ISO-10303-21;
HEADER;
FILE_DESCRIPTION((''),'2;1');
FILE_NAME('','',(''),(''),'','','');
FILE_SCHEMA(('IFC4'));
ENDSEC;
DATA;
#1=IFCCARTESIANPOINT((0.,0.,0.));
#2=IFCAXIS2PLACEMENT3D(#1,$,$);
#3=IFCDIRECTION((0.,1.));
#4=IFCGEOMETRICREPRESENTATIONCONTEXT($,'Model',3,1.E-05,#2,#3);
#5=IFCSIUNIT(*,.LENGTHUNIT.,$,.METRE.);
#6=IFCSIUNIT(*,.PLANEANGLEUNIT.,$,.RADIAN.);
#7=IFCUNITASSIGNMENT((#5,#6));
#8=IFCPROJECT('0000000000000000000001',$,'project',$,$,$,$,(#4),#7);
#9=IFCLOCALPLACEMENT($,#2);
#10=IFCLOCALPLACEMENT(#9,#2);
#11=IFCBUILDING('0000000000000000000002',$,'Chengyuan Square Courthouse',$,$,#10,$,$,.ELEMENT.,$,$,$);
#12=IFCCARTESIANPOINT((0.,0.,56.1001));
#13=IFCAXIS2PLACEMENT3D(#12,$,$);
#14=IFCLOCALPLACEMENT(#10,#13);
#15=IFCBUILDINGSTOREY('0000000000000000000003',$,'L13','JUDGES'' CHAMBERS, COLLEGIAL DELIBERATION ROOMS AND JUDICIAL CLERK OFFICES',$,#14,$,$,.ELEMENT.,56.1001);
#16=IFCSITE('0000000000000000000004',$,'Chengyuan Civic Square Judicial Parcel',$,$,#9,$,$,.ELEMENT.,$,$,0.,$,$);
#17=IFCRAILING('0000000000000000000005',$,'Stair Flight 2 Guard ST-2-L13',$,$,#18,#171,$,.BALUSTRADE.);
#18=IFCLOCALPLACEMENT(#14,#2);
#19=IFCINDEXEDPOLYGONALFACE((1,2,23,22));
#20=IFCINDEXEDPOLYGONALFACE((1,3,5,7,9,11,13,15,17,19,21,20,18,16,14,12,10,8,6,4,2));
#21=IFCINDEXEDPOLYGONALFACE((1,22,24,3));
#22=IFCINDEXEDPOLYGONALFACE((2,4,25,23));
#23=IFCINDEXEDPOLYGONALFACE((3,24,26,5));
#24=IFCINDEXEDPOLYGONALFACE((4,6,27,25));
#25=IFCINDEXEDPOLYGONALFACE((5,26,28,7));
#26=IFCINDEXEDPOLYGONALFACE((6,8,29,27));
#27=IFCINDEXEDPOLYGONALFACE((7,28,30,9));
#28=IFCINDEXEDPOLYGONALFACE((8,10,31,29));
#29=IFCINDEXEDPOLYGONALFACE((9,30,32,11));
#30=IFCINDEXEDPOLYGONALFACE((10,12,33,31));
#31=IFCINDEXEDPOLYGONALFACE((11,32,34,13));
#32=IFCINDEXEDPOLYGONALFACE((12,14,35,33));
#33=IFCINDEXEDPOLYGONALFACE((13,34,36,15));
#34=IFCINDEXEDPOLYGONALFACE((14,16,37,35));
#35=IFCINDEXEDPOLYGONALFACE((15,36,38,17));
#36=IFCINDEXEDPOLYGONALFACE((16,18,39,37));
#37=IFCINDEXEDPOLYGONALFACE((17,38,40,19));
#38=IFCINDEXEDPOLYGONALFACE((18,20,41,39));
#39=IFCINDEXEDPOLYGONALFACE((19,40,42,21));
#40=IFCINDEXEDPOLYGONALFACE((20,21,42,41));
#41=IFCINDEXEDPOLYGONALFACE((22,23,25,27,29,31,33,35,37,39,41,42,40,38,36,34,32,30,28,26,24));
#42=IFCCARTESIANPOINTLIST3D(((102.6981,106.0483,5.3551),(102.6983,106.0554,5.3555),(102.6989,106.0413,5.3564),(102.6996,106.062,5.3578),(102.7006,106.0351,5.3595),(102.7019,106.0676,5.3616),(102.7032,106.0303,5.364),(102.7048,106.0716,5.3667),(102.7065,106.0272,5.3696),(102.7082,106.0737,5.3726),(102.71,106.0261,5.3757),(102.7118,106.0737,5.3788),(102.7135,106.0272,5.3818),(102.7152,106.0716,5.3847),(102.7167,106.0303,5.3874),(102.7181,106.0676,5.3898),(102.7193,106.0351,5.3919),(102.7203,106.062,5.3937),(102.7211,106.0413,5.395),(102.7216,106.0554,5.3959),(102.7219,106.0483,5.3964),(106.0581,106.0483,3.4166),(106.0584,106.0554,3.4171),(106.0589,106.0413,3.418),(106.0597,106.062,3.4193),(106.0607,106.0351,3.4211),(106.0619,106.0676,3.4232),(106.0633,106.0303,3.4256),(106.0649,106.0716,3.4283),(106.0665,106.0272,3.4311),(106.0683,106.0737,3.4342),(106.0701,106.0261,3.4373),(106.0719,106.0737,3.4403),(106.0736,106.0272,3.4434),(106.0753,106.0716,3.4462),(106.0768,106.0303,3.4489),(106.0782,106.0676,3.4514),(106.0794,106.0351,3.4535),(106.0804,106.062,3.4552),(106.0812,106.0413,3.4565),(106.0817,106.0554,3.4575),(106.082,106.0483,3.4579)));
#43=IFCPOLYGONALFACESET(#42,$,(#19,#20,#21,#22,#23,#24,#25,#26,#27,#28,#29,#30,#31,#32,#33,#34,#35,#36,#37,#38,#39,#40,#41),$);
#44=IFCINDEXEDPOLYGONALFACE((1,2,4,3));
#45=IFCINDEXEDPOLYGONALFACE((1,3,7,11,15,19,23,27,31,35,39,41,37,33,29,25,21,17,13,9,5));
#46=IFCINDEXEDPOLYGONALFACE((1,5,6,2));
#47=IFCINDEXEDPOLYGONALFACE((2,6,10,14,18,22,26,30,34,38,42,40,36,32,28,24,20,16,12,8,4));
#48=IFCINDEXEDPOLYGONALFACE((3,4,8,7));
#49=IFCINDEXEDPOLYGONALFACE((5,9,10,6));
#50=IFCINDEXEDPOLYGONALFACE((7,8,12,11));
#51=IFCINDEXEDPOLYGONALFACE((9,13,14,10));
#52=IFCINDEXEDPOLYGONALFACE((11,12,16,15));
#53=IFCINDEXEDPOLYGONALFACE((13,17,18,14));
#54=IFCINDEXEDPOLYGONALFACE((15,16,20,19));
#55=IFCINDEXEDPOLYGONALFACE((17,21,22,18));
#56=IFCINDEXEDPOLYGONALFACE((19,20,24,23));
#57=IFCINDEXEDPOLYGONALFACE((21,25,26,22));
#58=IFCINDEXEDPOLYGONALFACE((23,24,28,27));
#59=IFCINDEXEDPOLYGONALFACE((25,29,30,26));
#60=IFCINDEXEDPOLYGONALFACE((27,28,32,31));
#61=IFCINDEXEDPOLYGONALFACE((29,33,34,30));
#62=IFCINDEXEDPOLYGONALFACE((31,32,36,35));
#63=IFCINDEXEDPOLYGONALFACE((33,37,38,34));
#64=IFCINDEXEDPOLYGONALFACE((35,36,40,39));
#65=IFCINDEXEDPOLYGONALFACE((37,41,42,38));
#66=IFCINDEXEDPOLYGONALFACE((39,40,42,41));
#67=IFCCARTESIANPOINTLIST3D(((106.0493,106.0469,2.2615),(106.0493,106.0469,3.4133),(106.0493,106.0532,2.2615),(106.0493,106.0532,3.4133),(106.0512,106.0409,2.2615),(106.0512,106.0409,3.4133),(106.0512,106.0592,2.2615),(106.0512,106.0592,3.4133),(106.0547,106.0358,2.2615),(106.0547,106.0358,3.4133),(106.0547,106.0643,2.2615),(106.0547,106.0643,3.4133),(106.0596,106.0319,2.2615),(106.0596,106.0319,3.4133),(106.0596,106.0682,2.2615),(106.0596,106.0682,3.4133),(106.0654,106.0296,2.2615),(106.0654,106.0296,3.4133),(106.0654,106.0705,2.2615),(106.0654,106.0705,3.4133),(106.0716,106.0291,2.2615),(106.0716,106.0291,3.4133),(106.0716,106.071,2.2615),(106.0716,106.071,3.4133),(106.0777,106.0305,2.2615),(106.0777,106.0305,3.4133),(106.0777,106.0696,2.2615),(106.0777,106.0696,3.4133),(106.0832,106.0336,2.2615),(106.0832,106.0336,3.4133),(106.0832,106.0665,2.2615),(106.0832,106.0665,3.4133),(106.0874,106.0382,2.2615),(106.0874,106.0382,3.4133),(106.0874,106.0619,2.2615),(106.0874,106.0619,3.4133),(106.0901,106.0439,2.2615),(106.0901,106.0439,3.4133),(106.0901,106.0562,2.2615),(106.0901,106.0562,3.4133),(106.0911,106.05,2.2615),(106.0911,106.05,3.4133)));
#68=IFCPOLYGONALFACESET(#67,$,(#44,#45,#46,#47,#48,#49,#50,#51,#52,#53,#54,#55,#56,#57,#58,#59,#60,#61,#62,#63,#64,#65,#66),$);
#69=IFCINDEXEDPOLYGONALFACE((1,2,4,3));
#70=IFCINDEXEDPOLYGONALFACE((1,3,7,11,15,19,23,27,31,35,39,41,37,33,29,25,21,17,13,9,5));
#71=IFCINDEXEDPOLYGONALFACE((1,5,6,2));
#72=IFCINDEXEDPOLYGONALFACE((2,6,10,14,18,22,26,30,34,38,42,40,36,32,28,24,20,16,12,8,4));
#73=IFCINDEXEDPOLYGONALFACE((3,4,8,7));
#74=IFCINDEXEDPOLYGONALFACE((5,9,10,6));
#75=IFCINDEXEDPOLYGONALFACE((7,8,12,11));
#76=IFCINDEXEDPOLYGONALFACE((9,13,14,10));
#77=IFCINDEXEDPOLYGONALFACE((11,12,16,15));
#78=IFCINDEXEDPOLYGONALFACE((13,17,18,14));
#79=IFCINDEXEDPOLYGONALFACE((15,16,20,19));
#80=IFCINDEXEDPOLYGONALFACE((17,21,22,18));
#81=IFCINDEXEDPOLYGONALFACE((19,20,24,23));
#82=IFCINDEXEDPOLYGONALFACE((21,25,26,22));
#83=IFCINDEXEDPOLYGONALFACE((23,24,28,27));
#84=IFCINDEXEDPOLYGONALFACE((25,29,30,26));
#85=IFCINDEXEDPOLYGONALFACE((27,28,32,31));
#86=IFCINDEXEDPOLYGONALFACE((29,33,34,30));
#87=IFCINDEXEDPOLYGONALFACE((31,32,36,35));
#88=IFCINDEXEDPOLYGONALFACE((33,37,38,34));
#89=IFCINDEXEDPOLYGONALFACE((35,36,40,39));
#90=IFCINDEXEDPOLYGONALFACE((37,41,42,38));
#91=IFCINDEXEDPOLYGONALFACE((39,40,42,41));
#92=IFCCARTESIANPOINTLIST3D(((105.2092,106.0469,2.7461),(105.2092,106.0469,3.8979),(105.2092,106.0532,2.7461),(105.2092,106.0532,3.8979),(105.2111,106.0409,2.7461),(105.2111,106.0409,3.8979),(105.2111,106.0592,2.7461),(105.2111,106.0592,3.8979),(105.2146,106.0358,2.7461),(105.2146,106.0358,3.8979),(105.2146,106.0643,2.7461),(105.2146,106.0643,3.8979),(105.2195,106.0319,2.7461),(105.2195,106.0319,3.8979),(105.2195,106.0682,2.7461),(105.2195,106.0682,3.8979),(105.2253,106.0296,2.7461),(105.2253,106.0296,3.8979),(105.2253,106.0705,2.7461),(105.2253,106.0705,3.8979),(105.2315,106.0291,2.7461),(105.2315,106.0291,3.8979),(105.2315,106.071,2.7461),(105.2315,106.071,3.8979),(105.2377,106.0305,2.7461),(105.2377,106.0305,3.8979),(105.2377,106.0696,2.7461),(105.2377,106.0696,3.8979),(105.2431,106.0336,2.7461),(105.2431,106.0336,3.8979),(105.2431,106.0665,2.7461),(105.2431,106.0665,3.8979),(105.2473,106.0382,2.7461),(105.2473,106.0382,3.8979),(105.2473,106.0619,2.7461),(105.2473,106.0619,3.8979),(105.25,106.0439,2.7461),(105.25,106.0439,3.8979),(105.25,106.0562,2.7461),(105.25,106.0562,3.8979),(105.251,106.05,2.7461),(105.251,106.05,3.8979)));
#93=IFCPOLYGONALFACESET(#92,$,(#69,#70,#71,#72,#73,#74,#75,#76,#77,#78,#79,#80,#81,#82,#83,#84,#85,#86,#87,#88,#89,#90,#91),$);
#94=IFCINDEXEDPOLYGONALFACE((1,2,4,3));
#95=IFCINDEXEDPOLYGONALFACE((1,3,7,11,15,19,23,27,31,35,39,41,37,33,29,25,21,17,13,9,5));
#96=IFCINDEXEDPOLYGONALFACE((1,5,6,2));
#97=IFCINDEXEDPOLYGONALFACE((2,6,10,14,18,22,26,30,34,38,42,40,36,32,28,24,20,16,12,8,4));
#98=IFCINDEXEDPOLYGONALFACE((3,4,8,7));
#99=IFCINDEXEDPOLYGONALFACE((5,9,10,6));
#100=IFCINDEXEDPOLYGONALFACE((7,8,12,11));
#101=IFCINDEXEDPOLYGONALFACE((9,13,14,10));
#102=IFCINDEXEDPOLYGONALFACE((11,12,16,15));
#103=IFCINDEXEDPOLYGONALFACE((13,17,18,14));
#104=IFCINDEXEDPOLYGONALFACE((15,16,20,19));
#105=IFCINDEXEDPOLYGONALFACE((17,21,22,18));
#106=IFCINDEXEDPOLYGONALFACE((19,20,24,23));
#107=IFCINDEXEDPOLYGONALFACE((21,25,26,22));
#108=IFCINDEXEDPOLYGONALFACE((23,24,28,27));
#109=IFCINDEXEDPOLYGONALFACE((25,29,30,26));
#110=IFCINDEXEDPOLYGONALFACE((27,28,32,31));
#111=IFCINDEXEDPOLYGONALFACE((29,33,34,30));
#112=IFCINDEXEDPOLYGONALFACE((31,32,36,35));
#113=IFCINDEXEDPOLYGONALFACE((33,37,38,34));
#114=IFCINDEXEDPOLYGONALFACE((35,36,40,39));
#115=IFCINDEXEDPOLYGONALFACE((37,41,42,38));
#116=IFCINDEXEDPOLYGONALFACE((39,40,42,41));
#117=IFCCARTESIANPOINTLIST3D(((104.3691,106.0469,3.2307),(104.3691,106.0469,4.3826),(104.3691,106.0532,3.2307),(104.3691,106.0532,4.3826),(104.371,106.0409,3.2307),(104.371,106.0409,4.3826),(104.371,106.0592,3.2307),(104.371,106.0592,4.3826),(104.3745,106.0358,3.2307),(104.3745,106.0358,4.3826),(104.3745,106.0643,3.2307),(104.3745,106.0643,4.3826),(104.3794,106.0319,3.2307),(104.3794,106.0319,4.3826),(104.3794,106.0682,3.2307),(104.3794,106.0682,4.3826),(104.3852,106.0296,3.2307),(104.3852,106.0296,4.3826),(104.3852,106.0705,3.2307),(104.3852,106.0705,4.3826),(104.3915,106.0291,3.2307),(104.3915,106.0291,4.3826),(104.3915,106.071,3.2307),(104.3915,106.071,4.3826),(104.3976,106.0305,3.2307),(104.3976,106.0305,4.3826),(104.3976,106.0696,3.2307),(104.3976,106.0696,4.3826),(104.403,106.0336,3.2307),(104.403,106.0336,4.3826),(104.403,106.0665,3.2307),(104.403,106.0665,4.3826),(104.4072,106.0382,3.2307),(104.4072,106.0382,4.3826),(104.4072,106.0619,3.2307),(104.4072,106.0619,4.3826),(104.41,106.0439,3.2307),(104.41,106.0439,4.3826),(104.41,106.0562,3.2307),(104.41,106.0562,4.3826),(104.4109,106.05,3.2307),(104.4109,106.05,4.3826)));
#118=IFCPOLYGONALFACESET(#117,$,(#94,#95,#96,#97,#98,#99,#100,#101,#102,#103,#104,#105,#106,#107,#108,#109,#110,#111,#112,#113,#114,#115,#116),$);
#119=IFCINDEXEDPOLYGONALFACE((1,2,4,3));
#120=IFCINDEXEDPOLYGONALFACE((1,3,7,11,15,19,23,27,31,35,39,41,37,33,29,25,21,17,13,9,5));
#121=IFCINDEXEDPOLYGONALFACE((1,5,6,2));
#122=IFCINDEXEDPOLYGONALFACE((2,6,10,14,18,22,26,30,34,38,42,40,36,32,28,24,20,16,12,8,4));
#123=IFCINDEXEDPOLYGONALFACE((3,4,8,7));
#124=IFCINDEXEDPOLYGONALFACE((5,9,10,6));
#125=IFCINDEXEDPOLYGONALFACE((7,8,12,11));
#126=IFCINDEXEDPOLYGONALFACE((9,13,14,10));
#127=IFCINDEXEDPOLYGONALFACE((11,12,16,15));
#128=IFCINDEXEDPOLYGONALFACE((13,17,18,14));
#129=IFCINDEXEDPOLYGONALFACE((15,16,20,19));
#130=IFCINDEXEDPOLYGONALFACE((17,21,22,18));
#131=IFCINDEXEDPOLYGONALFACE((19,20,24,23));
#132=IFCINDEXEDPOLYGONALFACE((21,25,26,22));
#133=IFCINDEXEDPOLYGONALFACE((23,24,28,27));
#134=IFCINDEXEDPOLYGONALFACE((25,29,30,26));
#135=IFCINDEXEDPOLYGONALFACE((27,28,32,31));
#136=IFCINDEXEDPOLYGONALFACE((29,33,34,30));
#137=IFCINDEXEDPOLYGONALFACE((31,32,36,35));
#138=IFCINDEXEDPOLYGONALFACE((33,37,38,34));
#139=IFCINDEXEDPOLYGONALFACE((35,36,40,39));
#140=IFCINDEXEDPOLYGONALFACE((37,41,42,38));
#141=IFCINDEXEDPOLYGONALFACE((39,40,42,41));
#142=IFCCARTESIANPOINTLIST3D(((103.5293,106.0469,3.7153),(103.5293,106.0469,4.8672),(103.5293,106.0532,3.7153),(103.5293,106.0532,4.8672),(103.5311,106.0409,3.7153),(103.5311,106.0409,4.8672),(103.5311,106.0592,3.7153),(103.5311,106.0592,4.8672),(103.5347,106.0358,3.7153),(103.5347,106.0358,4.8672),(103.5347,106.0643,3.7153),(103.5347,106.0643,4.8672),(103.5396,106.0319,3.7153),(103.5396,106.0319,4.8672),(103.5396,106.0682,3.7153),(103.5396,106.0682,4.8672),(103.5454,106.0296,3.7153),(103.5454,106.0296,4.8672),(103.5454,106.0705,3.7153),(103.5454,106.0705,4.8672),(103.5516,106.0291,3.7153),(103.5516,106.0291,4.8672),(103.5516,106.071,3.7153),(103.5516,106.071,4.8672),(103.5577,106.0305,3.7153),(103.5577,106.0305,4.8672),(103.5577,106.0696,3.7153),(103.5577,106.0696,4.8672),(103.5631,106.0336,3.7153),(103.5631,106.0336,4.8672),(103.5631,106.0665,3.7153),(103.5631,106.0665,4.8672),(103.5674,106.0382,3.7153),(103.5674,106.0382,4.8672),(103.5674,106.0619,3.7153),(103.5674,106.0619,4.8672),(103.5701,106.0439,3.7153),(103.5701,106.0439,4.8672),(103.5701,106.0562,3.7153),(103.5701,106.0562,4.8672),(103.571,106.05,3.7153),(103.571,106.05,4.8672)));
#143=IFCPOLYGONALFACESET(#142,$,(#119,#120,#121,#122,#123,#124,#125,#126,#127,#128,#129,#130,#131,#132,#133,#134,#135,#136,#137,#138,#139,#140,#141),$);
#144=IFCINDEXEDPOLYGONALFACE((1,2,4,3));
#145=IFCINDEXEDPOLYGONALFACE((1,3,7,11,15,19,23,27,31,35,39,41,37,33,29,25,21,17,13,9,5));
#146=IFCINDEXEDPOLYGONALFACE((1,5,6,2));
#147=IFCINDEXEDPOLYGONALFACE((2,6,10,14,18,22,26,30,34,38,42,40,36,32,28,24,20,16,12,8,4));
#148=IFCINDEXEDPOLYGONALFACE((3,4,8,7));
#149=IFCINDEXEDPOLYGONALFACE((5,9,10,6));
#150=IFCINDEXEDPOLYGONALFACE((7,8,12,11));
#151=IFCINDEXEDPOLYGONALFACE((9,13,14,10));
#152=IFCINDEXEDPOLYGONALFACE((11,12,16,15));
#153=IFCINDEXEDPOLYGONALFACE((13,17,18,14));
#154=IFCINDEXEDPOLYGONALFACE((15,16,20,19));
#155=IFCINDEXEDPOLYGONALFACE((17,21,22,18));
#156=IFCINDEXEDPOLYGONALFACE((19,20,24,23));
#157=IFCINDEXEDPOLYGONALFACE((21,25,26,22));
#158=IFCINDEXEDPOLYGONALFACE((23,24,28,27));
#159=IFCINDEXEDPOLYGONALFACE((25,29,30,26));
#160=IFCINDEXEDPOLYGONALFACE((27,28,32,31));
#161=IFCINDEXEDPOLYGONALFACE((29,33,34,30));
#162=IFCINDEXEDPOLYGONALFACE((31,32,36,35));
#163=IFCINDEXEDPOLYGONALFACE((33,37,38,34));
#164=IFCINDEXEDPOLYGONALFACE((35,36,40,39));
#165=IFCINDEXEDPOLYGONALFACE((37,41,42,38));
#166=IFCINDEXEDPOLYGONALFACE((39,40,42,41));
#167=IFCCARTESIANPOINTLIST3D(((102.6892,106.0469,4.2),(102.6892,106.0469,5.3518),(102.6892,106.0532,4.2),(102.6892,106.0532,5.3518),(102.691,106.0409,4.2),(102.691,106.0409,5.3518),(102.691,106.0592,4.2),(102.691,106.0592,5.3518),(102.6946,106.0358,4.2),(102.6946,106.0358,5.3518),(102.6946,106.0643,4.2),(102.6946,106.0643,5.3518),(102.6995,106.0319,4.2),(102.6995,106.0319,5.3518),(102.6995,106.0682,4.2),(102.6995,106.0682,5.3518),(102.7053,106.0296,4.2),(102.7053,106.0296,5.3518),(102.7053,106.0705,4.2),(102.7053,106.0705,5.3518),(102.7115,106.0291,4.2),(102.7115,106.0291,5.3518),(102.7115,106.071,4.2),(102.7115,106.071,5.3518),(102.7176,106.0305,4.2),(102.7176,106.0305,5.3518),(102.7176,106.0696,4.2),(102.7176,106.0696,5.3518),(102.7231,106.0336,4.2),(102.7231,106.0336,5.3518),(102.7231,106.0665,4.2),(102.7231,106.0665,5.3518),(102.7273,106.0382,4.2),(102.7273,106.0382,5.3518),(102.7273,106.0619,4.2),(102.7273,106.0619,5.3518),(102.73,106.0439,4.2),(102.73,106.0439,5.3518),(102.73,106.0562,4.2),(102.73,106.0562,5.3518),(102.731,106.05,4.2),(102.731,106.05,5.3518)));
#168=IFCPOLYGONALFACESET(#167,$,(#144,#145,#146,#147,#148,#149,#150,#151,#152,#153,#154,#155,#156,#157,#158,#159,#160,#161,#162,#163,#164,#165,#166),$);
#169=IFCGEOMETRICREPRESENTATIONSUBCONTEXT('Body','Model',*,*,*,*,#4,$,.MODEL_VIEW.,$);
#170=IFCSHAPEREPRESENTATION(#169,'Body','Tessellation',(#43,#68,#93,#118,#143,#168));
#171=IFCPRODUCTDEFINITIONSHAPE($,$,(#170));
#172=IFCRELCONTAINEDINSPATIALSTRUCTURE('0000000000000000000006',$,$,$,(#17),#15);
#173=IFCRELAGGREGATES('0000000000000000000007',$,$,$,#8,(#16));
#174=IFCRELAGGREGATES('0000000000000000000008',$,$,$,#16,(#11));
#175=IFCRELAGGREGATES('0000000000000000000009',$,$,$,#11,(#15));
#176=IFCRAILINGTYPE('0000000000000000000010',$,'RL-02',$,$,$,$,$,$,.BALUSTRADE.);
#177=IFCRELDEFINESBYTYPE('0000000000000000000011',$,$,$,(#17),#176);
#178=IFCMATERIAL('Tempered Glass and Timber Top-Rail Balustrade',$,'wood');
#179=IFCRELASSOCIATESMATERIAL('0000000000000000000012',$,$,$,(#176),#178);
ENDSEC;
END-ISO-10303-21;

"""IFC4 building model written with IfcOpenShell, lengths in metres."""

from ifc_helpers import new_model, si_unit, direction, frame, origin, origin_2d, place, context, subcontext, project, spatial, circle, extrude, material, type_object, element, save


model = new_model("IFC4")

# Units and contexts
model_context = context("Model", 3, precision=1e-05, world=origin(), true_north=direction((0.0, 1.0)))
body_context = subcontext(model_context, "Body", "Model", "MODEL_VIEW")
ifc_project = project(units=[si_unit("LENGTHUNIT", "METRE"), si_unit("PLANEANGLEUNIT", "RADIAN")], contexts=[model_context])

# Site, building, storey
site_placement = place(None, origin())
site = spatial("IfcSite", under=ifc_project, at=site_placement, Name="Chengyuan Civic Square Judicial Parcel", CompositionType="ELEMENT", RefElevation=0.0)
building_placement = place(site_placement, origin())
building = spatial("IfcBuilding", under=site, at=building_placement, Name="Chengyuan Square Courthouse", CompositionType="ELEMENT")
storey_placement = place(building_placement, frame((0.0, 0.0, 56.1001)))
storey = spatial("IfcBuildingStorey", under=building, at=storey_placement, Name="L13", Description="JUDGES' CHAMBERS, COLLEGIAL DELIBERATION ROOMS AND JUDICIAL CLERK OFFICES", CompositionType="ELEMENT", Elevation=56.1001)

# Railing
ifc_material_1 = material(Name="Tempered Glass and Timber Top-Rail Balustrade", Category="wood")
railing_type_1 = type_object("IfcRailingType", Name="RL-02", PredefinedType="BALUSTRADE", material=ifc_material_1)
railing_1_placement = place(storey_placement, frame((106.0701, 106.05, 2.2615)))
element("IfcRailing", 1, at=railing_1_placement, inside=storey, type_object=railing_type_1, Name="Stair Flight 2 Guard ST-2-L13", PredefinedType="BALUSTRADE", context=body_context, shape_type="SweptSolid", body=[
    extrude(circle(Radius=0.0239, at=origin_2d()), frame((0.0, 0.0, 1.1758), z_axis=(-0.866191, 0.0, 0.499713), x_axis=(0.0, -1.0, 0.0)), (0.0, 0.0, 1.0), 3.8792),
    extrude(circle(Radius=0.021, at=origin_2d()), origin(), (0.0, 0.0, 1.0), 1.1519),
    extrude(circle(Radius=0.021, at=origin_2d()), frame((-0.8401, 0.0, 0.4846)), (0.0, 0.0, 1.0), 1.1519),
    extrude(circle(Radius=0.021, at=origin_2d()), frame((-1.6802, 0.0, 0.9692)), (0.0, 0.0, 1.0), 1.1519),
    extrude(circle(Radius=0.021, at=origin_2d()), frame((-2.52, 0.0, 1.4539)), (0.0, 0.0, 1.0), 1.1519),
    extrude(circle(Radius=0.021, at=origin_2d()), frame((-3.3601, 0.0, 1.9385)), (0.0, 0.0, 1.0), 1.1519),
])

save(model, "model.ifc")
